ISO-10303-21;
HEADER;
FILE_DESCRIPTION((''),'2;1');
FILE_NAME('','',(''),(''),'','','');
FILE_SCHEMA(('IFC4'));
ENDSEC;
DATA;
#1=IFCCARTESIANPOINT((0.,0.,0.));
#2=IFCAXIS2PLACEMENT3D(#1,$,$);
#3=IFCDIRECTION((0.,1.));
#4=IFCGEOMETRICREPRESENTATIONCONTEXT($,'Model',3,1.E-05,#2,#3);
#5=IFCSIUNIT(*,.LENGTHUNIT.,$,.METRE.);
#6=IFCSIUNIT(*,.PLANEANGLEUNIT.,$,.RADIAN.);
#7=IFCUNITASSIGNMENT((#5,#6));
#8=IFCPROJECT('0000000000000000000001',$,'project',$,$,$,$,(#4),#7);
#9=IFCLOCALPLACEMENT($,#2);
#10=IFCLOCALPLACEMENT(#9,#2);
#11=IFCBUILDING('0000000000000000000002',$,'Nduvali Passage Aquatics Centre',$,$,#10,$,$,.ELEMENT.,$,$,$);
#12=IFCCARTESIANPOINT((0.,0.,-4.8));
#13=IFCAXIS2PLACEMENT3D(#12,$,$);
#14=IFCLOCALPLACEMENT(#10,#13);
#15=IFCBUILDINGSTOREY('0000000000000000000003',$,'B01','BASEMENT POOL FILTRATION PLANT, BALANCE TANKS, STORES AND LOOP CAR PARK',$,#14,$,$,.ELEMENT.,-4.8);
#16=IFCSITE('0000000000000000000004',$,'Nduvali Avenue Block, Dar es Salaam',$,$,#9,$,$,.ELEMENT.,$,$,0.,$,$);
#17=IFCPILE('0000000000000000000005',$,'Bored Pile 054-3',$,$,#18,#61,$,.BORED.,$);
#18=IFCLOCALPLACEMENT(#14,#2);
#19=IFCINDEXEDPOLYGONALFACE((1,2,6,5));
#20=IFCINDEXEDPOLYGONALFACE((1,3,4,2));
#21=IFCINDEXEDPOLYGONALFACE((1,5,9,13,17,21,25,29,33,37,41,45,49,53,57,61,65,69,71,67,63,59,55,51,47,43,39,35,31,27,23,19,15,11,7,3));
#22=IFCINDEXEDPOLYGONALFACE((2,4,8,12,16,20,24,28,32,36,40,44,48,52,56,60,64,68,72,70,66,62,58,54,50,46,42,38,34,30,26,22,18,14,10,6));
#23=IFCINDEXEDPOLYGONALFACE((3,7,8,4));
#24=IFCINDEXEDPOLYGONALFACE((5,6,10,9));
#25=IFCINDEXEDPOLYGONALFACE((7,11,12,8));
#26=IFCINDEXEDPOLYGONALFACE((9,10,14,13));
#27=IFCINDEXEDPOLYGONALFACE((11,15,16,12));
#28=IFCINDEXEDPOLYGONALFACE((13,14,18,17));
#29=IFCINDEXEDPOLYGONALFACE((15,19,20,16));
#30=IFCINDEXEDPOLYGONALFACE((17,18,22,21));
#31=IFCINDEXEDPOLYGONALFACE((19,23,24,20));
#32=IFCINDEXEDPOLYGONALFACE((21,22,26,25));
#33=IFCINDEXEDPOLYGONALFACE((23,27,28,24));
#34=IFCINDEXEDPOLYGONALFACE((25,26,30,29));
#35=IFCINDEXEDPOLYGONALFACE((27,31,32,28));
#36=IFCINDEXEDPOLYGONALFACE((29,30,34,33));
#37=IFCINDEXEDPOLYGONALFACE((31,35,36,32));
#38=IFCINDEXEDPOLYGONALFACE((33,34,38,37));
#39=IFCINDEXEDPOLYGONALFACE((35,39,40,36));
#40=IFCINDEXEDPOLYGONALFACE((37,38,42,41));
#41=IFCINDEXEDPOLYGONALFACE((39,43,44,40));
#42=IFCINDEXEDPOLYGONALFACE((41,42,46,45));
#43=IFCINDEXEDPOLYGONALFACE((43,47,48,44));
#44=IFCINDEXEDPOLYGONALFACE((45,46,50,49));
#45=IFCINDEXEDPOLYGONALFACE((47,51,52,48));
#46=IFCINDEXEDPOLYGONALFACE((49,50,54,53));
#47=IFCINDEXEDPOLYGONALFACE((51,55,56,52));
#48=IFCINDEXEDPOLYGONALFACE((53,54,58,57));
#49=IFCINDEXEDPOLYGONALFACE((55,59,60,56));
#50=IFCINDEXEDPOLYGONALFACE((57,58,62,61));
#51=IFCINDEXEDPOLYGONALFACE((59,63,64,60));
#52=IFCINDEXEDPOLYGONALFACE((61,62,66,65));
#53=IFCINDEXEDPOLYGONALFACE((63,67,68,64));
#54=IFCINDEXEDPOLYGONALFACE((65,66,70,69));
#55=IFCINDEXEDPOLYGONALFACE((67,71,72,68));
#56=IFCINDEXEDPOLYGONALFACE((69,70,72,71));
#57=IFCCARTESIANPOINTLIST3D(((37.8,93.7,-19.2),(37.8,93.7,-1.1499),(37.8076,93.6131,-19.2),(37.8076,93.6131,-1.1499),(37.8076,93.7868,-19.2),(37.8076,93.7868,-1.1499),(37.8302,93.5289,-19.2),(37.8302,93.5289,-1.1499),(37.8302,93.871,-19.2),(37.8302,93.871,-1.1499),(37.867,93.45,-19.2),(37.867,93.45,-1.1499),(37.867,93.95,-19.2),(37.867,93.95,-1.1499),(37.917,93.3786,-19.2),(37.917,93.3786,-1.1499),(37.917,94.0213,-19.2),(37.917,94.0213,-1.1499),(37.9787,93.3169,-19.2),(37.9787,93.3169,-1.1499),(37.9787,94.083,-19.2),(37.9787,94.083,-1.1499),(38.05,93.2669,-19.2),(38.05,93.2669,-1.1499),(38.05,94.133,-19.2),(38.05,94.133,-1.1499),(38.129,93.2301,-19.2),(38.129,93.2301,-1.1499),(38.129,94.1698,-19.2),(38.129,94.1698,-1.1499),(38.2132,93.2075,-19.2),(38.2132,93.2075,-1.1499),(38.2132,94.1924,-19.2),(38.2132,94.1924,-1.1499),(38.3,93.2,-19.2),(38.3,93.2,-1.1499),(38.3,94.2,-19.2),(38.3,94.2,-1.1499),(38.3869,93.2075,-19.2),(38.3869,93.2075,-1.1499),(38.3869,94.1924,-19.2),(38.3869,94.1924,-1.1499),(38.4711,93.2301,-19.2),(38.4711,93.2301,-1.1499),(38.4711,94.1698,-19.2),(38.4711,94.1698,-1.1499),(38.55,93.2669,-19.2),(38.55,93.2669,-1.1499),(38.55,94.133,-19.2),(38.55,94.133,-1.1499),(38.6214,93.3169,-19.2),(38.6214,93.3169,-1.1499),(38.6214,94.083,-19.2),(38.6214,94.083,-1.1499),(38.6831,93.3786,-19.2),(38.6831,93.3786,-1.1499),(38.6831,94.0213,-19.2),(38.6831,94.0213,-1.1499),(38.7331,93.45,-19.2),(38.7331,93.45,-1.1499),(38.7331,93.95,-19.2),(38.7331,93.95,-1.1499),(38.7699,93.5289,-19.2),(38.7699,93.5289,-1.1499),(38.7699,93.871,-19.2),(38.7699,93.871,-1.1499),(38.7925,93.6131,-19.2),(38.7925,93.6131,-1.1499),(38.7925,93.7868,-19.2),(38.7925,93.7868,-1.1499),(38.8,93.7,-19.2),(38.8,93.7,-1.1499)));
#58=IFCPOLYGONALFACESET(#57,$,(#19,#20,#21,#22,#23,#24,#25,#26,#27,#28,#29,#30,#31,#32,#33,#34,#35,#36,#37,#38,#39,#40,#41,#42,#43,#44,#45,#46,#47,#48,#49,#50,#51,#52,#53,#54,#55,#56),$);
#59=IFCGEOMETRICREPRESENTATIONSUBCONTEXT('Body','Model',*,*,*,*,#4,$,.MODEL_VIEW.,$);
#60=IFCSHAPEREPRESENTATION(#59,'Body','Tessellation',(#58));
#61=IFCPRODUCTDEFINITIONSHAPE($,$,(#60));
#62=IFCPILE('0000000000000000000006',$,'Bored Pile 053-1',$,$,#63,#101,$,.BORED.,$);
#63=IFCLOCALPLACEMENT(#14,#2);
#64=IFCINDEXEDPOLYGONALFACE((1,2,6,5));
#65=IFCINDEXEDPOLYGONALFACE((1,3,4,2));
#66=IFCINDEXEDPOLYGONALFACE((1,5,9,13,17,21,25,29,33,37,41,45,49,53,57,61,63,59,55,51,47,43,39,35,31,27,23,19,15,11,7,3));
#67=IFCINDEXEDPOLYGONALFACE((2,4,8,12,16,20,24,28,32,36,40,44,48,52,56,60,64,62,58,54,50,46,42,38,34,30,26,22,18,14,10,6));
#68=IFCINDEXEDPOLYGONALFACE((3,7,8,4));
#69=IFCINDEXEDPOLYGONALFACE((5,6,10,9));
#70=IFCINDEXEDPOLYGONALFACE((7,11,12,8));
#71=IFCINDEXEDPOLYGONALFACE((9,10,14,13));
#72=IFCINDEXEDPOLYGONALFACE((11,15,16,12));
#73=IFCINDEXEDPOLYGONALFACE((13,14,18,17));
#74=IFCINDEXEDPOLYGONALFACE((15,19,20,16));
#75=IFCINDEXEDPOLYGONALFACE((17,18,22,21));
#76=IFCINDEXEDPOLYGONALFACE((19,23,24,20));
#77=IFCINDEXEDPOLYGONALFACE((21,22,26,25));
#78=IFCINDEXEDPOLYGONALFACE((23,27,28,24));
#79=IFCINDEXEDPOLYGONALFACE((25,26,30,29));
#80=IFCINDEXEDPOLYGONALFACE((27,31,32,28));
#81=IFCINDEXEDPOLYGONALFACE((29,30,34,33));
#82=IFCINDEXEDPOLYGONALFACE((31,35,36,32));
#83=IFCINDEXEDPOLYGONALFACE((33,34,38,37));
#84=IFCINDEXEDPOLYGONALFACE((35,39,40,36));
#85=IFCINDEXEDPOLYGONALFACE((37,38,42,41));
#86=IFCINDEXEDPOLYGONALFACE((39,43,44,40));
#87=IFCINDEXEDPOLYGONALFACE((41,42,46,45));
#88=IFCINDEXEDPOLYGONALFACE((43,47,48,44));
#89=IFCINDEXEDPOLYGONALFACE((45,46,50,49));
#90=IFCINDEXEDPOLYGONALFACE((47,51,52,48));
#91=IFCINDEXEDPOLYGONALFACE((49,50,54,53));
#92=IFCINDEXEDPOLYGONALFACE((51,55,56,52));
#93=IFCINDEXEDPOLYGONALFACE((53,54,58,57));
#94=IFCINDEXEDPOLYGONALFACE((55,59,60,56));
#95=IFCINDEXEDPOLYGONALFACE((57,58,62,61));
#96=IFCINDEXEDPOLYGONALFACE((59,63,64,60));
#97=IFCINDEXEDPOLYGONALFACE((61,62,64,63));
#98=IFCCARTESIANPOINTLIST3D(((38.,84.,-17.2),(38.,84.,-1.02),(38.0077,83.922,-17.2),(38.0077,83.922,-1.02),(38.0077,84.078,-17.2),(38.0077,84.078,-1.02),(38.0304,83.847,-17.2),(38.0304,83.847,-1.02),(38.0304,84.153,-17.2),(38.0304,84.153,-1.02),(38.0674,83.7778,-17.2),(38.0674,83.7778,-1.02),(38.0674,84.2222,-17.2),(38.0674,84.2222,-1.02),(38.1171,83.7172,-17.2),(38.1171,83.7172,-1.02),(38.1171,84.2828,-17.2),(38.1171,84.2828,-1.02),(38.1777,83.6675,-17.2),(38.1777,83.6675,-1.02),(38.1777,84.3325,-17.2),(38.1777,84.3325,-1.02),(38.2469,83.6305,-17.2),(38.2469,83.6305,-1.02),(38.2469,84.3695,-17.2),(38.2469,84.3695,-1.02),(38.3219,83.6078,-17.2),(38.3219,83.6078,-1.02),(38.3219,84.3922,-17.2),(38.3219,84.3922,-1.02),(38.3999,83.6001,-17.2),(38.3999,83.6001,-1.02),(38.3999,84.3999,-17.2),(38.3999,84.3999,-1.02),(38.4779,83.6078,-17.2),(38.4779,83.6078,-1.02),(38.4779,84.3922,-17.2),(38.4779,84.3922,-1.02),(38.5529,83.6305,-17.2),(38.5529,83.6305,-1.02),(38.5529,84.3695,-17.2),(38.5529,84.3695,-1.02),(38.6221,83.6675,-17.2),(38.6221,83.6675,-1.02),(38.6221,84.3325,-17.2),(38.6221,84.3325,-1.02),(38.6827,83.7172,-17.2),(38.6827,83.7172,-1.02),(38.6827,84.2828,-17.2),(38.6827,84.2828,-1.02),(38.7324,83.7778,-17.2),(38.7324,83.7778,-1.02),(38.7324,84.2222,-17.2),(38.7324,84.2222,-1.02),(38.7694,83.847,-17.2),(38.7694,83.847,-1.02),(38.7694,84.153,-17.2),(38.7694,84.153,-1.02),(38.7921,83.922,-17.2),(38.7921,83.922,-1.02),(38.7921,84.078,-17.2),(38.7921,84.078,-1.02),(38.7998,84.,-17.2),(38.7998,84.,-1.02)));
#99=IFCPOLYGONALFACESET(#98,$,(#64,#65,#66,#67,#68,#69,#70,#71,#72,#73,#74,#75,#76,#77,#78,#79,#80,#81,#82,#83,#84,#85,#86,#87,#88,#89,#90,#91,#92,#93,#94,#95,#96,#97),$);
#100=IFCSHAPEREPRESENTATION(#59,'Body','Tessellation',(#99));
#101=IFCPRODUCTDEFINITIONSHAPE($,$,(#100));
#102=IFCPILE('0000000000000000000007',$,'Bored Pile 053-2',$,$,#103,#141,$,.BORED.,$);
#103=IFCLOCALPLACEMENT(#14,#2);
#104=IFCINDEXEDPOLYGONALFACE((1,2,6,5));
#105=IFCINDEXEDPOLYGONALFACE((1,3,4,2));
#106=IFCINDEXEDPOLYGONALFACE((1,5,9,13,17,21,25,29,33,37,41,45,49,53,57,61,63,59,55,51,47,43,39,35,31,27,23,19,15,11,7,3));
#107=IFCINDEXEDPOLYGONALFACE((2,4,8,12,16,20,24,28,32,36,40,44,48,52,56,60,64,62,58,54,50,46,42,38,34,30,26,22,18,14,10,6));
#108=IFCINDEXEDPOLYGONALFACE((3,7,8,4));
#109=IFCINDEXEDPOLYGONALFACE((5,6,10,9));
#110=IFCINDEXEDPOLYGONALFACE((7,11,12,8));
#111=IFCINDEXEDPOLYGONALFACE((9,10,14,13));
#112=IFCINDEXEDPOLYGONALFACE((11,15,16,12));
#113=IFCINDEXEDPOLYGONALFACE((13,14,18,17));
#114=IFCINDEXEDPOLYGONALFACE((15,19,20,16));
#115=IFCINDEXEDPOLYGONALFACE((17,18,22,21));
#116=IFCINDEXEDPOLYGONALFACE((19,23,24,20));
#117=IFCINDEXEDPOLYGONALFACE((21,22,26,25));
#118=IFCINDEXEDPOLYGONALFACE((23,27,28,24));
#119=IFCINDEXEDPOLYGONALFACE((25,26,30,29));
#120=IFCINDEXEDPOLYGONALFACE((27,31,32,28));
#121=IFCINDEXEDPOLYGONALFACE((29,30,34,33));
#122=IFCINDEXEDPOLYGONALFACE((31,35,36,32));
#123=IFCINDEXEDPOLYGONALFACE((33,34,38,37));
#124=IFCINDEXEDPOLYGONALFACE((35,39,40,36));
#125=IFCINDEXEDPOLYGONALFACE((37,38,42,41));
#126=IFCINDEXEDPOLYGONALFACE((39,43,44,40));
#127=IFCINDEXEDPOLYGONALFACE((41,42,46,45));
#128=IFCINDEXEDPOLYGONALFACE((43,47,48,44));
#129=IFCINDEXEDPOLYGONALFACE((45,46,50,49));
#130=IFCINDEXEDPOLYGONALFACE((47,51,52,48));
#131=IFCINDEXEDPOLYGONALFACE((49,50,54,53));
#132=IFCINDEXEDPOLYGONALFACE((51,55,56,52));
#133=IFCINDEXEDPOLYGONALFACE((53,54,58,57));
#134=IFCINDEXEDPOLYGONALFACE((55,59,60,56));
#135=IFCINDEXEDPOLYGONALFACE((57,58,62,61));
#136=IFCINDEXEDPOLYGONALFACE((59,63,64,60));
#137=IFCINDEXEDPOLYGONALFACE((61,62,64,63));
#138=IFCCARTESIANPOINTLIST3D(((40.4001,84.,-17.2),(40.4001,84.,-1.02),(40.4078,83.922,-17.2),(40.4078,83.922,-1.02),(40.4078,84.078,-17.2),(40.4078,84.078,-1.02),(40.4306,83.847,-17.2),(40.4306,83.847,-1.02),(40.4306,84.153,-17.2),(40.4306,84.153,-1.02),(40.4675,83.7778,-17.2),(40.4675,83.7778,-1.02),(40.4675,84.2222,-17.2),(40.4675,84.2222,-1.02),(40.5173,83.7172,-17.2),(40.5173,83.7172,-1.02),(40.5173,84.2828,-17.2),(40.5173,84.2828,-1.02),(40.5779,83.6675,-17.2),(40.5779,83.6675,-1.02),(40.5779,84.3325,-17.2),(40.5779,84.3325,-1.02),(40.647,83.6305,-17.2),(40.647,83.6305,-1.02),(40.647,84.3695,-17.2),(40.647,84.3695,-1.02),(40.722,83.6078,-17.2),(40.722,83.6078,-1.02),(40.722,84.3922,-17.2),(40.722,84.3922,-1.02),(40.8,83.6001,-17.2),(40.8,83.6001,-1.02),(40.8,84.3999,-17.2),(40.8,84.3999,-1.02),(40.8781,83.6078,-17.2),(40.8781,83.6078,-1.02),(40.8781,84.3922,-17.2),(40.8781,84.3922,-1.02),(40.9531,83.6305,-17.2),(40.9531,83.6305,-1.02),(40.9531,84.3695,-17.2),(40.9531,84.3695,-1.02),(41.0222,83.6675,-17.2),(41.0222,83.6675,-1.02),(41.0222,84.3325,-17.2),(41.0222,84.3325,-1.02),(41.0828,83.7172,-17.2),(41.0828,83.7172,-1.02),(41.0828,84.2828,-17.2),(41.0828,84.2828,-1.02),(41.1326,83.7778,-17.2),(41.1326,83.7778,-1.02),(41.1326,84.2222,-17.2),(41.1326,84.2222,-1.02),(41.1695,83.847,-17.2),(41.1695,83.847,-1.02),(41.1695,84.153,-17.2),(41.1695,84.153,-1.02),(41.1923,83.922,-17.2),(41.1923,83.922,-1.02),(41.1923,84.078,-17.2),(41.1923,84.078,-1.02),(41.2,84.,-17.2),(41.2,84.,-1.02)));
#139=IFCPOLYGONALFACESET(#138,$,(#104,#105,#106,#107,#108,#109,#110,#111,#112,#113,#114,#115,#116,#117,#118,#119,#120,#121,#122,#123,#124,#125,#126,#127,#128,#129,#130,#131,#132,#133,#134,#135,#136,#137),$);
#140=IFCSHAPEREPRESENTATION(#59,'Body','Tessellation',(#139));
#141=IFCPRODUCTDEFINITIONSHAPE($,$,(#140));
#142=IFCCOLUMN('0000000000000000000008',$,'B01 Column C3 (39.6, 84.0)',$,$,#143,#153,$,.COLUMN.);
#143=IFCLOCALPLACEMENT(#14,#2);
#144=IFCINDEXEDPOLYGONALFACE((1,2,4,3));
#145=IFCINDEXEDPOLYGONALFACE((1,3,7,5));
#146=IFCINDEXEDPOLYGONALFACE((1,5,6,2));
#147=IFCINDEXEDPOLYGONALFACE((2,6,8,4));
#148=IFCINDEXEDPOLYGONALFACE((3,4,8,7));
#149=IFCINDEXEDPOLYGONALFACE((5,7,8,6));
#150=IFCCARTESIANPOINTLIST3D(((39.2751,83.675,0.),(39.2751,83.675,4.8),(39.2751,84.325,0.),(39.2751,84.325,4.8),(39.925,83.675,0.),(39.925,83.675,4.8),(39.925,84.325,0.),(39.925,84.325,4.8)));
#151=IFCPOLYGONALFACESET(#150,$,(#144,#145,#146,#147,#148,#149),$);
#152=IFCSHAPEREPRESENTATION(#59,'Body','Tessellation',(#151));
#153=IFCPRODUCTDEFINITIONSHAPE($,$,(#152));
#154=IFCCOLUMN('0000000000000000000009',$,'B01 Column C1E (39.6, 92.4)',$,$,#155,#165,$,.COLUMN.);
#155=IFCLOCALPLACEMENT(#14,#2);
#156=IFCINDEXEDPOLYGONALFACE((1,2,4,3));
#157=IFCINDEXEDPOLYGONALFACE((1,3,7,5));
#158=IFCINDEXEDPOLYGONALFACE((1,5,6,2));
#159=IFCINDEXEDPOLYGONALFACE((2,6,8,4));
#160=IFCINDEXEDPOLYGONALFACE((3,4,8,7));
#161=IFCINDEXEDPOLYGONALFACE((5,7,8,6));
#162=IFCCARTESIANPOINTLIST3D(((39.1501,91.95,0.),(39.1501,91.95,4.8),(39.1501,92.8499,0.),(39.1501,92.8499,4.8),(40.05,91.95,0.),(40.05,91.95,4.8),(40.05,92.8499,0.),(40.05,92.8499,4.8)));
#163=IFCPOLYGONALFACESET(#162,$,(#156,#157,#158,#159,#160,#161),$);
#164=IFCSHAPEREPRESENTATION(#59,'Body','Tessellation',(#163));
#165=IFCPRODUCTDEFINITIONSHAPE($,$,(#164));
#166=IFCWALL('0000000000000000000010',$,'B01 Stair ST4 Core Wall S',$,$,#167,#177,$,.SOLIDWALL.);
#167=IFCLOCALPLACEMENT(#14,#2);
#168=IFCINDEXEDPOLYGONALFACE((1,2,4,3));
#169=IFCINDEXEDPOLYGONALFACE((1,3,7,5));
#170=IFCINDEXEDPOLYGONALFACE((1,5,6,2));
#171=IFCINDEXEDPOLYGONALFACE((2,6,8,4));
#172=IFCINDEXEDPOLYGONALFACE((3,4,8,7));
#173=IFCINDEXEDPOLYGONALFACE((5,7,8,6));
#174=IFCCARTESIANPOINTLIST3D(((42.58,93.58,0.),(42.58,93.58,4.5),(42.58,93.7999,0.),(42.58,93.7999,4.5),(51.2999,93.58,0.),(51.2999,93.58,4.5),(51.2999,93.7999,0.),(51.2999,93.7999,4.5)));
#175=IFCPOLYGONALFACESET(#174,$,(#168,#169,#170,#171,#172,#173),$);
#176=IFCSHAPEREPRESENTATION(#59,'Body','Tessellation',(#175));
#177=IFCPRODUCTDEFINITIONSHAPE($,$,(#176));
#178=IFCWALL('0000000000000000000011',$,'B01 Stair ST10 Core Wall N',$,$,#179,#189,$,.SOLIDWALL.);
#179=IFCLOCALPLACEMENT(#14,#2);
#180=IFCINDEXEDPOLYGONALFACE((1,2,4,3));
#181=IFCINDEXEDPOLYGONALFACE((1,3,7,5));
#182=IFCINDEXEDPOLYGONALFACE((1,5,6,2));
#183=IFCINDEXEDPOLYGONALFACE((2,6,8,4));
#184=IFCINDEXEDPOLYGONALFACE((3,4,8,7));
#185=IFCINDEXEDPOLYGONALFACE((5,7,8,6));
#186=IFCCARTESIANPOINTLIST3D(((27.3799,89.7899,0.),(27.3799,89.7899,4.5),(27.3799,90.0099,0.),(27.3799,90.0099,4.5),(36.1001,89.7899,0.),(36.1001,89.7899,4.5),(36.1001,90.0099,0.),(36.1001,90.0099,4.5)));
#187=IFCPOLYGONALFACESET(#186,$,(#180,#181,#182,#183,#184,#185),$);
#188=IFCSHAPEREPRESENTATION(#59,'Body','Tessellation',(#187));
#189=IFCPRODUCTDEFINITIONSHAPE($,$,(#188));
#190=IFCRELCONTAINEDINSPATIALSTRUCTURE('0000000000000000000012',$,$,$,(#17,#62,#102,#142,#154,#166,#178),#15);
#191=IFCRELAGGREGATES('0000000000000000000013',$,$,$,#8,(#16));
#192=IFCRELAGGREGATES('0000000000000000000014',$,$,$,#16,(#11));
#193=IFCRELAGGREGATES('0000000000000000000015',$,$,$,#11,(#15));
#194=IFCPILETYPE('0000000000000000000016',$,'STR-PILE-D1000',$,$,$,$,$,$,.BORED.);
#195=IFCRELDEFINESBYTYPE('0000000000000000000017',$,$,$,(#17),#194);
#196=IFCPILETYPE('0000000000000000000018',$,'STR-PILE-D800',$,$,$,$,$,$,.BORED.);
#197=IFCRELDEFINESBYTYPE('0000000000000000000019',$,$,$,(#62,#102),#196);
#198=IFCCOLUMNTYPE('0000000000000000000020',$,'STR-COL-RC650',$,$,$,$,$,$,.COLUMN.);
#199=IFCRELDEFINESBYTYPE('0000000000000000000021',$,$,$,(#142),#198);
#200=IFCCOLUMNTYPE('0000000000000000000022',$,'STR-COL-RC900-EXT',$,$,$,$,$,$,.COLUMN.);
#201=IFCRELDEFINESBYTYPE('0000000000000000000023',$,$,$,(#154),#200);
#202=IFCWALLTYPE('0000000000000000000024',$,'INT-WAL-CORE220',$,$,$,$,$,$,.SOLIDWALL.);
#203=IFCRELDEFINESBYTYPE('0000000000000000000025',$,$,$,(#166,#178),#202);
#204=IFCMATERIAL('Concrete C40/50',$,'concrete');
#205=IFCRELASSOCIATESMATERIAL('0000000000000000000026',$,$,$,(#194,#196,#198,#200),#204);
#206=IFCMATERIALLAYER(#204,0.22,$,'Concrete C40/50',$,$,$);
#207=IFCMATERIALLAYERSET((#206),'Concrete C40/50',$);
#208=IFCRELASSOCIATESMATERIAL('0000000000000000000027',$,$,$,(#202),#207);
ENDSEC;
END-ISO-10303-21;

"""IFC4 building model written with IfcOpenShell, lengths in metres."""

from ifc_helpers import new_model, si_unit, direction, frame, frame_2d, origin, origin_2d, place, context, subcontext, project, spatial, rectangle, circle, extrude, material, layer, layer_set, material_profile, profile_set, type_object, element, save


model = new_model("IFC4")

# Units and contexts
model_context = context("Model", 3, precision=1e-05, world=origin(), true_north=direction((0.0, 1.0)))
body_context = subcontext(model_context, "Body", "Model", "MODEL_VIEW")
ifc_project = project(units=[si_unit("LENGTHUNIT", "METRE"), si_unit("PLANEANGLEUNIT", "RADIAN")], contexts=[model_context])

# Site, building, storey
site_placement = place(None, origin())
site = spatial("IfcSite", under=ifc_project, at=site_placement, Name="Nduvali Avenue Block, Dar es Salaam", CompositionType="ELEMENT", RefElevation=0.0)
building_placement = place(site_placement, origin())
building = spatial("IfcBuilding", under=site, at=building_placement, Name="Nduvali Passage Aquatics Centre", CompositionType="ELEMENT")
storey_placement = place(building_placement, frame((0.0, 0.0, -4.8)))
storey = spatial("IfcBuildingStorey", under=building, at=storey_placement, Name="B01", Description="BASEMENT POOL FILTRATION PLANT, BALANCE TANKS, STORES AND LOOP CAR PARK", CompositionType="ELEMENT", Elevation=-4.8)

# Shared definitions
ifc_material_1 = material(Name="Concrete C40/50", Category="concrete")

# Piles
ifc_material_profile_1 = material_profile(ifc_material_1, circle(Radius=0.5, at=origin_2d()), Name="PILE D1000")
ifc_profile_set_1 = profile_set([ifc_material_profile_1], Name="Concrete C40/50")
pile_type_1 = type_object("IfcPileType", Name="STR-PILE-D1000", PredefinedType="BORED", material=ifc_profile_set_1)
for number, where, z_axis, x_axis, name in (
    (1, (38.3, 93.7, -1.1499), (0.0, 0.0, -1.0), (1.0, 0.0, 0.0), "Bored Pile 054-3"),
):
    element("IfcPile", number, at=place(storey_placement, frame(where, z_axis=z_axis, x_axis=x_axis)), inside=storey, type_object=pile_type_1, Name=name, PredefinedType="BORED", context=body_context, shape_type="SweptSolid", body=[
        extrude(circle(Radius=0.5, at=origin_2d()), origin(), (0.0, 0.0, 1.0), 18.05),
    ])
ifc_material_profile_2 = material_profile(ifc_material_1, circle(Radius=0.3999, at=origin_2d()), Name="PILE D800")
ifc_profile_set_2 = profile_set([ifc_material_profile_2], Name="Concrete C40/50")
pile_type_2 = type_object("IfcPileType", Name="STR-PILE-D800", PredefinedType="BORED", material=ifc_profile_set_2)
for number, where, z_axis, x_axis, name in (
    (2, (38.3999, 84.0, -1.02), (0.0, 0.0, -1.0), (1.0, 0.0, 0.0), "Bored Pile 053-1"),
    (3, (40.8, 84.0, -1.02), (0.0, 0.0, -1.0), (1.0, 0.0, 0.0), "Bored Pile 053-2"),
):
    element("IfcPile", number, at=place(storey_placement, frame(where, z_axis=z_axis, x_axis=x_axis)), inside=storey, type_object=pile_type_2, Name=name, PredefinedType="BORED", context=body_context, shape_type="SweptSolid", body=[
        extrude(circle(Radius=0.3999, at=origin_2d()), origin(), (0.0, 0.0, 1.0), 16.1799),
    ])

# Columns
ifc_material_profile_3 = material_profile(ifc_material_1, rectangle(XDim=0.6499, YDim=0.6499, at=origin_2d()), Name="RC 650x650")
ifc_profile_set_3 = profile_set([ifc_material_profile_3], Name="Concrete C40/50")
column_type_1 = type_object("IfcColumnType", Name="STR-COL-RC650", PredefinedType="COLUMN", material=ifc_profile_set_3)
column_1_placement = place(storey_placement, frame((39.6001, 84.0, 0.0), z_axis=(0.0, 0.0, 1.0), x_axis=(1.0, 0.0, 0.0)))
element("IfcColumn", 4, at=column_1_placement, inside=storey, type_object=column_type_1, Name="B01 Column C3 (39.6, 84.0)", PredefinedType="COLUMN", context=body_context, shape_type="SweptSolid", body=[
    extrude(rectangle(XDim=0.6499, YDim=0.6499, at=origin_2d()), origin(), (0.0, 0.0, 1.0), 4.8),
])
ifc_material_profile_4 = material_profile(ifc_material_1, rectangle(XDim=0.8999, YDim=0.8999, at=origin_2d()), Name="RC 900x900")
ifc_profile_set_4 = profile_set([ifc_material_profile_4], Name="Concrete C40/50")
column_type_2 = type_object("IfcColumnType", Name="STR-COL-RC900-EXT", PredefinedType="COLUMN", material=ifc_profile_set_4)
column_2_placement = place(storey_placement, frame((39.6001, 92.3999, 0.0), z_axis=(0.0, 0.0, 1.0), x_axis=(1.0, 0.0, 0.0)))
element("IfcColumn", 5, at=column_2_placement, inside=storey, type_object=column_type_2, Name="B01 Column C1E (39.6, 92.4)", PredefinedType="COLUMN", context=body_context, shape_type="SweptSolid", body=[
    extrude(rectangle(XDim=0.8999, YDim=0.8999, at=origin_2d()), origin(), (0.0, 0.0, 1.0), 4.8),
])

# Walls
ifc_layer_1 = layer(ifc_material_1, 0.22, Name="Concrete C40/50")
ifc_layer_set_1 = layer_set([ifc_layer_1], Name="Concrete C40/50")
wall_type_1 = type_object("IfcWallType", Name="INT-WAL-CORE220", PredefinedType="SOLIDWALL", material=ifc_layer_set_1)
wall_1_placement = place(storey_placement, frame((42.5801, 93.6899, 0.0), z_axis=(0.0, 0.0, 1.0), x_axis=(1.0, 0.0, 0.0)))
element("IfcWall", 6, at=wall_1_placement, inside=storey, type_object=wall_type_1, Name="B01 Stair ST4 Core Wall S", PredefinedType="SOLIDWALL", context=body_context, shape_type="SweptSolid", body=[
    extrude(rectangle(XDim=8.72, YDim=0.22, at=frame_2d((4.3599, 0.0))), origin(), (0.0, 0.0, 1.0), 4.5),
])
wall_2_placement = place(storey_placement, frame((36.1001, 89.8999, 0.0), z_axis=(0.0, 0.0, 1.0), x_axis=(-1.0, 0.0, 0.0)))
element("IfcWall", 7, at=wall_2_placement, inside=storey, type_object=wall_type_1, Name="B01 Stair ST10 Core Wall N", PredefinedType="SOLIDWALL", context=body_context, shape_type="SweptSolid", body=[
    extrude(rectangle(XDim=8.7202, YDim=0.22, at=frame_2d((4.3601, 0.0))), origin(), (0.0, 0.0, 1.0), 4.5),
])

save(model, "model.ifc")
